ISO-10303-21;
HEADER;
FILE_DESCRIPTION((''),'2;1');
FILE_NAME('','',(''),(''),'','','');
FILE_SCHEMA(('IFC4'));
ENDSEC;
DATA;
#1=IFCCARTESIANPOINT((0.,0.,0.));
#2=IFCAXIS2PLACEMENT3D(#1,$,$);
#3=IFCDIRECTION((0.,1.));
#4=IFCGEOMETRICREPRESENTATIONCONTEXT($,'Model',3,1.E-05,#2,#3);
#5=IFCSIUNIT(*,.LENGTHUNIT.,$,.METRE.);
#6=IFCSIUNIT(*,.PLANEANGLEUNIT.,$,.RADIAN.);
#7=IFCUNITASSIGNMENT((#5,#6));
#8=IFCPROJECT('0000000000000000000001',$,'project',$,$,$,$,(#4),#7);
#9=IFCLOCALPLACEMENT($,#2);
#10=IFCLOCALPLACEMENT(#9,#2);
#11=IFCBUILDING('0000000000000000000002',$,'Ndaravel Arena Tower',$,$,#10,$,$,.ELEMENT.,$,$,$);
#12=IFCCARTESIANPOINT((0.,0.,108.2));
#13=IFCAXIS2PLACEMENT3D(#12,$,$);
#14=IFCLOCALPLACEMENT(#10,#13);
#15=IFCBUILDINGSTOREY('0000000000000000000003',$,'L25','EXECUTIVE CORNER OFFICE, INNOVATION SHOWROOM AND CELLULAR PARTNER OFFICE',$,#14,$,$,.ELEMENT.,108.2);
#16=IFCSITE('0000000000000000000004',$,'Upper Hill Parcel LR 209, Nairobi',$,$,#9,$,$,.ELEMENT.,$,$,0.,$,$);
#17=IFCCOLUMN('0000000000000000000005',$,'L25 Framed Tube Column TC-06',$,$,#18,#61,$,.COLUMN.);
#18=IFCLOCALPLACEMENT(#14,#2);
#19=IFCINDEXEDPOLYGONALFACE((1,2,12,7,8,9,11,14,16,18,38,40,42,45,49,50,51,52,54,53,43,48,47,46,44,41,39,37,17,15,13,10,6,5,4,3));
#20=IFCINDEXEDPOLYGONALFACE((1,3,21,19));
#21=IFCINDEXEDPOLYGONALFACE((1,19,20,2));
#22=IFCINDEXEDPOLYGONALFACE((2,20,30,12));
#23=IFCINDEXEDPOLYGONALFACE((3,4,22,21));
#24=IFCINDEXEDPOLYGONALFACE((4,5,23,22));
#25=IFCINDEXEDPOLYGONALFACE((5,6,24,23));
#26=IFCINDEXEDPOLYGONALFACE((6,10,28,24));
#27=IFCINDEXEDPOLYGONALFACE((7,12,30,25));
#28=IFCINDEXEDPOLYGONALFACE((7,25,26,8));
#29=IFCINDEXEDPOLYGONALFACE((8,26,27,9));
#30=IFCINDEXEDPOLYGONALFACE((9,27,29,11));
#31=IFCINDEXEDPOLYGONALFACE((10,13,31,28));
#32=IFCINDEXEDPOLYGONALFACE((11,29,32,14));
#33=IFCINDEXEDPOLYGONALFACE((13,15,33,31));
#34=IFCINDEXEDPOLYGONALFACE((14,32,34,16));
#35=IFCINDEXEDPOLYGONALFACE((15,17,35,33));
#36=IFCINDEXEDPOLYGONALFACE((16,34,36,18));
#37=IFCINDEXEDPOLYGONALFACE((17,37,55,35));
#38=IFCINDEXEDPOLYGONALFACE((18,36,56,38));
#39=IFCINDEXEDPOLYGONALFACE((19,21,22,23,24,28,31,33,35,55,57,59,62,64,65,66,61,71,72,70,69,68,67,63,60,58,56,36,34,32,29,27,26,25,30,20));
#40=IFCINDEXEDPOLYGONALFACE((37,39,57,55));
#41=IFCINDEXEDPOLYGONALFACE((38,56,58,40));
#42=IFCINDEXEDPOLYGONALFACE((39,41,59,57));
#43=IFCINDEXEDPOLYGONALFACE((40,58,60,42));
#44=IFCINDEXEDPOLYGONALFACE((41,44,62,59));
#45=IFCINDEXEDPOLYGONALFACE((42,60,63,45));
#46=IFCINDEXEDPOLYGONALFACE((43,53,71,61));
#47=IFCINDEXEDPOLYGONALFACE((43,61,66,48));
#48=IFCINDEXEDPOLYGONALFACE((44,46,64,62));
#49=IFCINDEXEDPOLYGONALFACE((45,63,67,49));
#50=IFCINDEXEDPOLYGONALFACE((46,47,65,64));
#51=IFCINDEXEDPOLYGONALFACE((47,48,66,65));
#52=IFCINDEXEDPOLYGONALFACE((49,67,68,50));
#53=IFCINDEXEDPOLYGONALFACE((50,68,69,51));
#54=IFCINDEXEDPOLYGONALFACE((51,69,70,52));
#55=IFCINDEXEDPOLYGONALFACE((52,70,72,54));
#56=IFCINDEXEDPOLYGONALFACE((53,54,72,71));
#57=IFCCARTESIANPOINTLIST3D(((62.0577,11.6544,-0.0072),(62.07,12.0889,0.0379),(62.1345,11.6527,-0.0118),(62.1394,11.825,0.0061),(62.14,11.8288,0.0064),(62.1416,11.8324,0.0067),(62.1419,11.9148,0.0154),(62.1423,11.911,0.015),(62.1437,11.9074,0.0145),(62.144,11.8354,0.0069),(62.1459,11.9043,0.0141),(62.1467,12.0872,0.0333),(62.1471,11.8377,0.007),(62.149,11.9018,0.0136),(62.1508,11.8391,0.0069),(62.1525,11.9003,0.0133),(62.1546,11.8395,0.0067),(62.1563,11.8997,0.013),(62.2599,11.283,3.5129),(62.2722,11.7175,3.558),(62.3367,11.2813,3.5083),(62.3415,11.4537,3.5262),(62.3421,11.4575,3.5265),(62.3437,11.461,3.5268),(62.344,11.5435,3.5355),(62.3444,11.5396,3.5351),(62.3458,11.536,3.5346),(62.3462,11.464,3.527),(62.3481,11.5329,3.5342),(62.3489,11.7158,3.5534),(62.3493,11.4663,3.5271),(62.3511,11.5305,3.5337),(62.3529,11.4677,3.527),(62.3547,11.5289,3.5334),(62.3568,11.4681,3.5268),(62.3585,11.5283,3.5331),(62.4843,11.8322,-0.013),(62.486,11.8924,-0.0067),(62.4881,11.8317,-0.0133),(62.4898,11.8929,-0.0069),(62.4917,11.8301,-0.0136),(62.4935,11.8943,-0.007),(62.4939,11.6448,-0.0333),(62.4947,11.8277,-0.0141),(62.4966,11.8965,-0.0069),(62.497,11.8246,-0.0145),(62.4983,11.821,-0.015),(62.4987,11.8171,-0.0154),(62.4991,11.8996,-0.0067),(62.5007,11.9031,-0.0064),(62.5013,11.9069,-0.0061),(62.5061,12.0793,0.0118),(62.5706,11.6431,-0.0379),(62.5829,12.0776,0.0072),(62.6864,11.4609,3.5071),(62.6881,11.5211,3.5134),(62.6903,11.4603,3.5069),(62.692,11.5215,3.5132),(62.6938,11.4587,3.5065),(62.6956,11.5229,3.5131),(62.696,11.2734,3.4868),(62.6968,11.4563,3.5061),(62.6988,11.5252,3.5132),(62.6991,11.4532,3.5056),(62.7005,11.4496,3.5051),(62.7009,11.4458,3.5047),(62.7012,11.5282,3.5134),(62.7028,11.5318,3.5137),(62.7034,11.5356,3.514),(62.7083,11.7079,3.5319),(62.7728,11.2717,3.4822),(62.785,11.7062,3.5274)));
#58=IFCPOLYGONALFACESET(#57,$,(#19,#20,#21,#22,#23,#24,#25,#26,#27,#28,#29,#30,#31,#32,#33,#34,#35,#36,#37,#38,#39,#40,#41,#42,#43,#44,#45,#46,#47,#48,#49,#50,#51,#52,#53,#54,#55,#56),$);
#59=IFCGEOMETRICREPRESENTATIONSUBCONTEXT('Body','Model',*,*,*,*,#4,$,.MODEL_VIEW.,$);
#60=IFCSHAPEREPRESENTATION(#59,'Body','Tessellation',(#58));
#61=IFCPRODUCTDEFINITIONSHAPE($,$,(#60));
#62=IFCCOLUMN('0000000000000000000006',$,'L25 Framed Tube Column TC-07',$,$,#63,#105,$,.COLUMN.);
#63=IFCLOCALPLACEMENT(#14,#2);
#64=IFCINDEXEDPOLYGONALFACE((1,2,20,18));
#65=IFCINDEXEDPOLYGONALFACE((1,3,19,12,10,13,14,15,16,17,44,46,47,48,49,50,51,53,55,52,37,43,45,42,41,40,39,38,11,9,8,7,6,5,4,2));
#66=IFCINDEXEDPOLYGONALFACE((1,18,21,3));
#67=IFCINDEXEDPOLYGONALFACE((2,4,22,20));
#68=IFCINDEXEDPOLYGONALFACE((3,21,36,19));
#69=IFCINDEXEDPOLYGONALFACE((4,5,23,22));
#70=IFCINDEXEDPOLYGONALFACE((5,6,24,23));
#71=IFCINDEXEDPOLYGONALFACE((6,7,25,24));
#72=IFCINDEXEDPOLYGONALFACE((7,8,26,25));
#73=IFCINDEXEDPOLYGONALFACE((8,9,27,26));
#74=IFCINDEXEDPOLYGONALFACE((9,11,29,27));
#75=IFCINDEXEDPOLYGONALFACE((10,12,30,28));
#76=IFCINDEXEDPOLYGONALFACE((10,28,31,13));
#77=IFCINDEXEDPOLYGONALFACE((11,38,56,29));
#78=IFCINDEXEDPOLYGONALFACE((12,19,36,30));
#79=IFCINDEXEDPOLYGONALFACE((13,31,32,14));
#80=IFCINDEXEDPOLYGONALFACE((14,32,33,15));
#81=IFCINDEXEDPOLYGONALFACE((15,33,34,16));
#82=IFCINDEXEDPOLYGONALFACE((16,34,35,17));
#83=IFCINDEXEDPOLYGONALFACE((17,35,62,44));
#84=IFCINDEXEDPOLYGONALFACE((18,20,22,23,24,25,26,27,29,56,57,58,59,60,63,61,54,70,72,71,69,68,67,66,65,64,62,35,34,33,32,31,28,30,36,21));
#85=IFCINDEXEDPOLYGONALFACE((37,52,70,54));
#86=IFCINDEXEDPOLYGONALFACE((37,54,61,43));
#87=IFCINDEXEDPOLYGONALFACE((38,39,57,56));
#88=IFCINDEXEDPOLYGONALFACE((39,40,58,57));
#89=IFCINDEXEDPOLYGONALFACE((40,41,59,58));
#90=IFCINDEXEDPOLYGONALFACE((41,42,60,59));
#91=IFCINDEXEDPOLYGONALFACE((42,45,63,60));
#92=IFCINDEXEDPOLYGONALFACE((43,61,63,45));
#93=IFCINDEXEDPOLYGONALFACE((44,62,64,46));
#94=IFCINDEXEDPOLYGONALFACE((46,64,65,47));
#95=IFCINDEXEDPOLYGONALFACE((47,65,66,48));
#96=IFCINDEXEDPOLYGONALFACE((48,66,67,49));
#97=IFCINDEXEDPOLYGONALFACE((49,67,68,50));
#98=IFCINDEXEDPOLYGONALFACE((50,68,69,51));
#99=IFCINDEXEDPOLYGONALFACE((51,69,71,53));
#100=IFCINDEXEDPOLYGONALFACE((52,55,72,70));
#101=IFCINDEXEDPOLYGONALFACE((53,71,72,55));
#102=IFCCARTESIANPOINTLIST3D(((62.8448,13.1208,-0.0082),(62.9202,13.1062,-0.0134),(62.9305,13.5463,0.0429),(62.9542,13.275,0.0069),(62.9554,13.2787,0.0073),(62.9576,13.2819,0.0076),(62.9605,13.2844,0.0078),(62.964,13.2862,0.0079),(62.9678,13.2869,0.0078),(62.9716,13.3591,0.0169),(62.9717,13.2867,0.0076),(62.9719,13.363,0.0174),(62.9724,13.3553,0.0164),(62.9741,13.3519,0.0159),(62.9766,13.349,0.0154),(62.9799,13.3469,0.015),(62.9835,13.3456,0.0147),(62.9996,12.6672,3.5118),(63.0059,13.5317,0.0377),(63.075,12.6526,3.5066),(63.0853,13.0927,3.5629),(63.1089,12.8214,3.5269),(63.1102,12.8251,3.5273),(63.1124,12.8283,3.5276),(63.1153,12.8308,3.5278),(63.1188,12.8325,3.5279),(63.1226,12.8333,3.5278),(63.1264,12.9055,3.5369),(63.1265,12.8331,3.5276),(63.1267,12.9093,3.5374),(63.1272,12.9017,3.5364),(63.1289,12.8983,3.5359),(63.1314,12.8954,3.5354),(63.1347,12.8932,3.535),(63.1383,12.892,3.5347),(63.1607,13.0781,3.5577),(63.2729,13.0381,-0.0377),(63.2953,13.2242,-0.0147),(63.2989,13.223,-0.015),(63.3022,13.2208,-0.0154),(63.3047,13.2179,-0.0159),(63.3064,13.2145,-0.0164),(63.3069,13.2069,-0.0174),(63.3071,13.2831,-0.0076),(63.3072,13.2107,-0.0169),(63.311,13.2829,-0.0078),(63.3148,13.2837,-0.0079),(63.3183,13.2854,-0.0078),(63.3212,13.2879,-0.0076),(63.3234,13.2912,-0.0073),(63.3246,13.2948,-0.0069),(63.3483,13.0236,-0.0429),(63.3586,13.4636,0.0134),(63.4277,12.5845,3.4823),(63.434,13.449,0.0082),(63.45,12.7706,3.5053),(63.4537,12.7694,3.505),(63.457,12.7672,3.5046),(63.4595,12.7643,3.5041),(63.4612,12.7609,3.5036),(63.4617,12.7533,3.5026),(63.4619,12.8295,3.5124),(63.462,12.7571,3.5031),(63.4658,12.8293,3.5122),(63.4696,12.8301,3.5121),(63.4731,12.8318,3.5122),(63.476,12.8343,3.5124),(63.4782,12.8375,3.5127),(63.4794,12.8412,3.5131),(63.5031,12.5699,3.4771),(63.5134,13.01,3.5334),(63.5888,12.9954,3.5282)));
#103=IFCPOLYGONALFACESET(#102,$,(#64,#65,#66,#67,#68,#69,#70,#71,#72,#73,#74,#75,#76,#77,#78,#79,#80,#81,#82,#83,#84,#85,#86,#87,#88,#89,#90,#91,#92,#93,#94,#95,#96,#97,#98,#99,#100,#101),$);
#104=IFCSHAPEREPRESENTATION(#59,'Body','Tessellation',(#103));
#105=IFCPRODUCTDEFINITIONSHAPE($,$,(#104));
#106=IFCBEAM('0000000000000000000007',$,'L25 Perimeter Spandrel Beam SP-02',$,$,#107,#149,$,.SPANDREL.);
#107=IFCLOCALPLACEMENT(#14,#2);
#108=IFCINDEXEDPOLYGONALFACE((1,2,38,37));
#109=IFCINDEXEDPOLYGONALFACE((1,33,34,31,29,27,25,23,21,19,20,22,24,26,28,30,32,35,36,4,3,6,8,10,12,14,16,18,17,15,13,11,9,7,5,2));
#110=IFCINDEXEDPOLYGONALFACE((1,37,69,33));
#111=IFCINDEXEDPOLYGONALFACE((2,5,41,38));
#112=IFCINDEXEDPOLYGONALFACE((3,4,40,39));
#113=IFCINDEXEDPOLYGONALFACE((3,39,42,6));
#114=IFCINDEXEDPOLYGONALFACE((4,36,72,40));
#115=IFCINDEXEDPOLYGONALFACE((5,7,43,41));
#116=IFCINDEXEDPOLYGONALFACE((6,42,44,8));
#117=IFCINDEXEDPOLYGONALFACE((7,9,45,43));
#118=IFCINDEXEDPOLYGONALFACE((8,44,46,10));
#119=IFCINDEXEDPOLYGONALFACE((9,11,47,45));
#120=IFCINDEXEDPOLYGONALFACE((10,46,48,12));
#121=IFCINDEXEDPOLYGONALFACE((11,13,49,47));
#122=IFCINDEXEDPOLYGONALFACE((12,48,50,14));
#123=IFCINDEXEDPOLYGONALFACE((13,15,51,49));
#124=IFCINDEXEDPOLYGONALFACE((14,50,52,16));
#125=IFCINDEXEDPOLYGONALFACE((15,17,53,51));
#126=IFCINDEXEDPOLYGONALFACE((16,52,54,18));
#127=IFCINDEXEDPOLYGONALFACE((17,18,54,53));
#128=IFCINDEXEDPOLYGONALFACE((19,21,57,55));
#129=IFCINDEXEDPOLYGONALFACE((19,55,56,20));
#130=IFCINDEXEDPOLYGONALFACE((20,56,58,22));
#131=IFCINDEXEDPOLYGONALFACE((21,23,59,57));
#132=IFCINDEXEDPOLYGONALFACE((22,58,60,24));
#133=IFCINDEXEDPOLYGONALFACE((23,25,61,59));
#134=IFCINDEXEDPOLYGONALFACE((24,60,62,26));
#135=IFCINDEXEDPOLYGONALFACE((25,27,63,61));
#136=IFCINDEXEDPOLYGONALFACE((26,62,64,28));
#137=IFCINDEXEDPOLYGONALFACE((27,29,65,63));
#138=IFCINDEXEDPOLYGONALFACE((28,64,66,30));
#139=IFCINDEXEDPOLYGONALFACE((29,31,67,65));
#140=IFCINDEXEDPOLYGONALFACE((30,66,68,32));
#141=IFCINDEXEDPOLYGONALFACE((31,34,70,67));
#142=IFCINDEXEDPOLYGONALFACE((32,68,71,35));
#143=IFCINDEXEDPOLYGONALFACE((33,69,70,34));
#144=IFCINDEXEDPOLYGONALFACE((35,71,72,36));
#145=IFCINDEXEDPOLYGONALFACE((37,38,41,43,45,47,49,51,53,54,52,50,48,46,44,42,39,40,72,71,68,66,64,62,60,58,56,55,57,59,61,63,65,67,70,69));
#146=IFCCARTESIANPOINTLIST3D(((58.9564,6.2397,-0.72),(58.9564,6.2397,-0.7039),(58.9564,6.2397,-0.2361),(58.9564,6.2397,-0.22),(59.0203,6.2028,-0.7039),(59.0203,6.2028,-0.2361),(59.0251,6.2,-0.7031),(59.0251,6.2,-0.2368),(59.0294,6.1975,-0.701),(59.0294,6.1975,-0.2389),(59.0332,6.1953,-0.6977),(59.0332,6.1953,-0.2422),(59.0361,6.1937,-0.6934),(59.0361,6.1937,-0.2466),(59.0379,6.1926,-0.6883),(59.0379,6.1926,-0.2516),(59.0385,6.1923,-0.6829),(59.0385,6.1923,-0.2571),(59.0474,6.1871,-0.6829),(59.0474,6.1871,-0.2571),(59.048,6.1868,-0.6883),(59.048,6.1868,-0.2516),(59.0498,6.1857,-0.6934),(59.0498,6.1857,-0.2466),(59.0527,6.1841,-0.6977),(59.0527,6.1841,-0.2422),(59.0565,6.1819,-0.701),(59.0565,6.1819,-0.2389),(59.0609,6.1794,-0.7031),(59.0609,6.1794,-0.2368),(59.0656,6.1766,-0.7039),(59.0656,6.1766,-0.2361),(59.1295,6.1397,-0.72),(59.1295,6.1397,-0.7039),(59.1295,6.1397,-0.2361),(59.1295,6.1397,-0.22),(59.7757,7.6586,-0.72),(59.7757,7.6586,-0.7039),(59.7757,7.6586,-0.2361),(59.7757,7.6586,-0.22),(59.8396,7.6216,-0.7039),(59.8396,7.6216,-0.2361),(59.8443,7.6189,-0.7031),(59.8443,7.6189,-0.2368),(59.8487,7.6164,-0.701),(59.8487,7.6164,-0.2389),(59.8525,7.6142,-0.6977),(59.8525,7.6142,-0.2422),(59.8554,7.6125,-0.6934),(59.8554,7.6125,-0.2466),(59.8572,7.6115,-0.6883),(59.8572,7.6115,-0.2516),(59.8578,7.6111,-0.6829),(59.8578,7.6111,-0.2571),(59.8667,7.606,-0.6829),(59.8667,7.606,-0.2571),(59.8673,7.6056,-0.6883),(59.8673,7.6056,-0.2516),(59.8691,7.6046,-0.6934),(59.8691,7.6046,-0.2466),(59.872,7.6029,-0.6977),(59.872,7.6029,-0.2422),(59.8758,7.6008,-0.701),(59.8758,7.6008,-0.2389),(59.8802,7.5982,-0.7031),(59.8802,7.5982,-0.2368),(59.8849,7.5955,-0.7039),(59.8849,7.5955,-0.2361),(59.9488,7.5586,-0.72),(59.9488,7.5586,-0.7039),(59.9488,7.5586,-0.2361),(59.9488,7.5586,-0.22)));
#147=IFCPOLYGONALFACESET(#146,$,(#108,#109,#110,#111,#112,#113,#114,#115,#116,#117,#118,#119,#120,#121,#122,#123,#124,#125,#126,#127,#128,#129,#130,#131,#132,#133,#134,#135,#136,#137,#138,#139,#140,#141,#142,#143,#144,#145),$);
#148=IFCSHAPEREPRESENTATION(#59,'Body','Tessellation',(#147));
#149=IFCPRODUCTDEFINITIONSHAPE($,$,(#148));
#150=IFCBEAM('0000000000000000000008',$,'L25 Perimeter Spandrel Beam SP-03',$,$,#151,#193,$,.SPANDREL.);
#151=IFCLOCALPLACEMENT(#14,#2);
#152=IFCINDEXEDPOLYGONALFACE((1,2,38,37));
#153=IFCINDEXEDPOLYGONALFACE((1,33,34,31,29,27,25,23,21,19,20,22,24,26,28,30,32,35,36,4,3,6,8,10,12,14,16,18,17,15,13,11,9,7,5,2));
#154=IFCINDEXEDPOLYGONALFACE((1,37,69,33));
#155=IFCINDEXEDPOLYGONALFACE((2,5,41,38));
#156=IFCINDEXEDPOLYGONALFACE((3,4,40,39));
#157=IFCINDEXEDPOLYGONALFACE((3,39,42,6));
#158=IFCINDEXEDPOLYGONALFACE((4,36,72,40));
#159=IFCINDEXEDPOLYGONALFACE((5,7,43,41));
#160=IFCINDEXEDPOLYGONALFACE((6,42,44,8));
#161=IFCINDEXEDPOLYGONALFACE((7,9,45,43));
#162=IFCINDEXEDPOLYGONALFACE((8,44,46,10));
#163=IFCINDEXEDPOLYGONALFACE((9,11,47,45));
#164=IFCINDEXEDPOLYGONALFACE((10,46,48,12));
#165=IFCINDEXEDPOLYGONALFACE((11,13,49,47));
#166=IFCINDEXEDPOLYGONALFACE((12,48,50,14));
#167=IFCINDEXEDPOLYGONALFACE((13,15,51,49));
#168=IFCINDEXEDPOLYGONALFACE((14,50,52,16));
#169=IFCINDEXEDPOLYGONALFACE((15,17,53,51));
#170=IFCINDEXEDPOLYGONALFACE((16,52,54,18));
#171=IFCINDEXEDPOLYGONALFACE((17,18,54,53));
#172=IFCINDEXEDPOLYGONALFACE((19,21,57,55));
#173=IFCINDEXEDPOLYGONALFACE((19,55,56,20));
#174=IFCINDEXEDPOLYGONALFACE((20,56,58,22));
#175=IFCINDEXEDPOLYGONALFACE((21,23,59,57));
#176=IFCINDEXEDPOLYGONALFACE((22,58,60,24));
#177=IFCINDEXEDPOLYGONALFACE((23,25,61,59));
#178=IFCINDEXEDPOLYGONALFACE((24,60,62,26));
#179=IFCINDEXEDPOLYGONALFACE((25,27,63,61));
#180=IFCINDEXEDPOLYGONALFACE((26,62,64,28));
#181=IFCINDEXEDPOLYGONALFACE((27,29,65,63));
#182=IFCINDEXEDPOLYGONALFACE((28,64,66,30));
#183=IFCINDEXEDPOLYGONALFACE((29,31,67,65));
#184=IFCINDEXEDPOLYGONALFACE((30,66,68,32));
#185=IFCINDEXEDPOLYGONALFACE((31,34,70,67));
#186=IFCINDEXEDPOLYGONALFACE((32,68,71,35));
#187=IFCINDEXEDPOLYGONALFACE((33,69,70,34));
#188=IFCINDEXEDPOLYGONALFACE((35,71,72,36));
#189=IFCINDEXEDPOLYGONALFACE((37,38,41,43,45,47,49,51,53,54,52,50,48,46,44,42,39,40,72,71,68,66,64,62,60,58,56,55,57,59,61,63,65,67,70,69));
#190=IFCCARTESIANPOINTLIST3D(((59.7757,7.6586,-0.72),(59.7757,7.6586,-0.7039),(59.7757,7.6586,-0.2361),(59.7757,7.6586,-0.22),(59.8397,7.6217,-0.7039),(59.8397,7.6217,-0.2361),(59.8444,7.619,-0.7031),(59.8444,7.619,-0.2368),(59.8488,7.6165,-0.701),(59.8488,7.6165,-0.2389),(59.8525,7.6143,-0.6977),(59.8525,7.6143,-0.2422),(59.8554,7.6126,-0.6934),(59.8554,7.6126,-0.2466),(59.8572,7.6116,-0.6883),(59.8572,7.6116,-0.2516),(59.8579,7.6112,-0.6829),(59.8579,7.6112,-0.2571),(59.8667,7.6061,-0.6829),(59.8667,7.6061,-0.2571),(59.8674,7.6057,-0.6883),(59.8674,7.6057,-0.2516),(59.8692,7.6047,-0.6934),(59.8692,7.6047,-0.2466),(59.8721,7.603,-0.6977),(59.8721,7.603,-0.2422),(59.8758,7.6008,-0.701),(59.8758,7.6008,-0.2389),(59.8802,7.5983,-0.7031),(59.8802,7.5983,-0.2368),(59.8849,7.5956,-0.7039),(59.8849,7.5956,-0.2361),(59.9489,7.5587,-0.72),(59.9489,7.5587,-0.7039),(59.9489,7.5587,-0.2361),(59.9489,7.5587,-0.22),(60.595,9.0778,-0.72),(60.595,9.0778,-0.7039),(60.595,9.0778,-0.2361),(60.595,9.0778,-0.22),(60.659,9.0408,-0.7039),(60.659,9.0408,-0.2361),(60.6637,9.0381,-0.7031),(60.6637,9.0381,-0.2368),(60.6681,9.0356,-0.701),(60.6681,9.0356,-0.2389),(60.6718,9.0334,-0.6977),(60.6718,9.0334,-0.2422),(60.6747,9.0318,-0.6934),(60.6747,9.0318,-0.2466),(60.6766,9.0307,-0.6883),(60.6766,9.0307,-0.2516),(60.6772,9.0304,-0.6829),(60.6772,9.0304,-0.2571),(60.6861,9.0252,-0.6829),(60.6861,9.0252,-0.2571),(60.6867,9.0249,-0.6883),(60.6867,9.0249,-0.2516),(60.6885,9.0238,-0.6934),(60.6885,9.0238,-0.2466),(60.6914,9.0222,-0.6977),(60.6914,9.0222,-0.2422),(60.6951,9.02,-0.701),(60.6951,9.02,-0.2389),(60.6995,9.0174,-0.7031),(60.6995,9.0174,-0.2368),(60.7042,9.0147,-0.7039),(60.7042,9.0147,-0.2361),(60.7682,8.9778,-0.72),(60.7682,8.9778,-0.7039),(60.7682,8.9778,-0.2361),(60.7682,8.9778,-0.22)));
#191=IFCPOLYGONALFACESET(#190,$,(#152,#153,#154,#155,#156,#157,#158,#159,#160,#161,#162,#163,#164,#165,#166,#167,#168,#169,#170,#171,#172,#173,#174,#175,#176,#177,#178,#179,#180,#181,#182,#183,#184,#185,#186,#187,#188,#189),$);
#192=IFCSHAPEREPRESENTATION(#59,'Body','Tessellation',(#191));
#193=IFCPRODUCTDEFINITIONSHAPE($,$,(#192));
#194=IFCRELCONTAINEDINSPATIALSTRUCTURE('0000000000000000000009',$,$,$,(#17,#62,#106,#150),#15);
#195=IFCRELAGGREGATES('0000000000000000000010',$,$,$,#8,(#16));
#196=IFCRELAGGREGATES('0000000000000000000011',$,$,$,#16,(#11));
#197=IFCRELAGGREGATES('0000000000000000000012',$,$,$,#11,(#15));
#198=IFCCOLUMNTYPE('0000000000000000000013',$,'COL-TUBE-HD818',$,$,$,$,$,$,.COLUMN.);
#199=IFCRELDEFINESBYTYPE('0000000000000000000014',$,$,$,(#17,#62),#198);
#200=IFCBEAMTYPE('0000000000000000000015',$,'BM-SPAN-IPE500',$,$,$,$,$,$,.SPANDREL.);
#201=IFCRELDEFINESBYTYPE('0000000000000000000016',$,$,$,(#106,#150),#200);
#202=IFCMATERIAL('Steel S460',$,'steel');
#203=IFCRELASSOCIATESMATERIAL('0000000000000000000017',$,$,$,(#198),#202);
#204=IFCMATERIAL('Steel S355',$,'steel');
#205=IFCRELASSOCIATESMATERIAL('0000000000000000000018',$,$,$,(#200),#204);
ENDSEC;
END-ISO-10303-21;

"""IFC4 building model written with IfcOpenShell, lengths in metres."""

from ifc_helpers import new_model, si_unit, direction, frame, origin, origin_2d, place, context, subcontext, project, spatial, i_section, extrude, material, material_profile, profile_set, type_object, element, save


model = new_model("IFC4")

# Units and contexts
model_context = context("Model", 3, precision=1e-05, world=origin(), true_north=direction((0.0, 1.0)))
body_context = subcontext(model_context, "Body", "Model", "MODEL_VIEW")
ifc_project = project(units=[si_unit("LENGTHUNIT", "METRE"), si_unit("PLANEANGLEUNIT", "RADIAN")], contexts=[model_context])

# Site, building, storey
site_placement = place(None, origin())
site = spatial("IfcSite", under=ifc_project, at=site_placement, Name="Upper Hill Parcel LR 209, Nairobi", CompositionType="ELEMENT", RefElevation=0.0)
building_placement = place(site_placement, origin())
building = spatial("IfcBuilding", under=site, at=building_placement, Name="Ndaravel Arena Tower", CompositionType="ELEMENT")
storey_placement = place(building_placement, frame((0.0, 0.0, 108.2)))
storey = spatial("IfcBuildingStorey", under=building, at=storey_placement, Name="L25", Description="EXECUTIVE CORNER OFFICE, INNOVATION SHOWROOM AND CELLULAR PARTNER OFFICE", CompositionType="ELEMENT", Elevation=108.2)

# Columns
ifc_material_1 = material(Name="Steel S460", Category="steel")
ifc_material_profile_1 = material_profile(ifc_material_1, i_section(OverallWidth=0.437, OverallDepth=0.5139, WebThickness=0.0605, FlangeThickness=0.0769, FilletRadius=0.0149, at=origin_2d()), Name="HD 400x818")
ifc_profile_set_1 = profile_set([ifc_material_profile_1], Name="Steel S460")
column_type = type_object("IfcColumnType", Name="COL-TUBE-HD818", PredefinedType="COLUMN", material=ifc_profile_set_1)
column_1_placement = place(storey_placement, frame((62.3203, 11.866, 0.0), z_axis=(0.057018, -0.10474, 0.992864), x_axis=(0.028034, 0.994257, 0.103277)))
element("IfcColumn", 1, at=column_1_placement, inside=storey, type_object=column_type, Name="L25 Framed Tube Column TC-06", PredefinedType="COLUMN", context=body_context, shape_type="SweptSolid", body=[
    extrude(i_section(OverallWidth=0.437, OverallDepth=0.5139, WebThickness=0.0605, FlangeThickness=0.0769, FilletRadius=0.0149, at=origin_2d()), origin(), (0.0, 0.0, 1.0), 3.5454),
])
column_2_placement = place(storey_placement, frame((63.1394, 13.2849, 0.0), z_axis=(0.043571, -0.127688, 0.990857), x_axis=(0.196089, 0.9736, 0.116842)))
element("IfcColumn", 2, at=column_2_placement, inside=storey, type_object=column_type, Name="L25 Framed Tube Column TC-07", PredefinedType="COLUMN", context=body_context, shape_type="SweptSolid", body=[
    extrude(i_section(OverallWidth=0.437, OverallDepth=0.5139, WebThickness=0.0605, FlangeThickness=0.0769, FilletRadius=0.0149, at=origin_2d()), origin(), (0.0, 0.0, 1.0), 3.5525),
])

# Beams
ifc_material_2 = material(Name="Steel S355", Category="steel")
ifc_material_profile_2 = material_profile(ifc_material_2, i_section(OverallWidth=0.2, OverallDepth=0.5, WebThickness=0.0103, FlangeThickness=0.0161, FilletRadius=0.021, at=origin_2d()), Name="IPE 500")
ifc_profile_set_2 = profile_set([ifc_material_profile_2], Name="Steel S355")
beam_type = type_object("IfcBeamType", Name="BM-SPAN-IPE500", PredefinedType="SPANDREL", material=ifc_profile_set_2)
beam_1_placement = place(storey_placement, frame((59.043, 6.1897, -0.47), z_axis=(0.500049, 0.865997, 0.0), x_axis=(-0.865997, 0.500049, 0.0)))
element("IfcBeam", 3, at=beam_1_placement, inside=storey, type_object=beam_type, Name="L25 Perimeter Spandrel Beam SP-02", PredefinedType="SPANDREL", context=body_context, shape_type="SweptSolid", body=[
    extrude(i_section(OverallWidth=0.2, OverallDepth=0.5, WebThickness=0.0103, FlangeThickness=0.0161, FilletRadius=0.021, at=origin_2d()), origin(), (0.0, 0.0, 1.0), 1.6384),
])
beam_2_placement = place(storey_placement, frame((59.8623, 7.6086, -0.47), z_axis=(0.499985, 0.866034, 0.0), x_axis=(-0.866034, 0.499985, 0.0)))
element("IfcBeam", 4, at=beam_2_placement, inside=storey, type_object=beam_type, Name="L25 Perimeter Spandrel Beam SP-03", PredefinedType="SPANDREL", context=body_context, shape_type="SweptSolid", body=[
    extrude(i_section(OverallWidth=0.2, OverallDepth=0.5, WebThickness=0.0103, FlangeThickness=0.0161, FilletRadius=0.021, at=origin_2d()), origin(), (0.0, 0.0, 1.0), 1.6387),
])

save(model, "model.ifc")
